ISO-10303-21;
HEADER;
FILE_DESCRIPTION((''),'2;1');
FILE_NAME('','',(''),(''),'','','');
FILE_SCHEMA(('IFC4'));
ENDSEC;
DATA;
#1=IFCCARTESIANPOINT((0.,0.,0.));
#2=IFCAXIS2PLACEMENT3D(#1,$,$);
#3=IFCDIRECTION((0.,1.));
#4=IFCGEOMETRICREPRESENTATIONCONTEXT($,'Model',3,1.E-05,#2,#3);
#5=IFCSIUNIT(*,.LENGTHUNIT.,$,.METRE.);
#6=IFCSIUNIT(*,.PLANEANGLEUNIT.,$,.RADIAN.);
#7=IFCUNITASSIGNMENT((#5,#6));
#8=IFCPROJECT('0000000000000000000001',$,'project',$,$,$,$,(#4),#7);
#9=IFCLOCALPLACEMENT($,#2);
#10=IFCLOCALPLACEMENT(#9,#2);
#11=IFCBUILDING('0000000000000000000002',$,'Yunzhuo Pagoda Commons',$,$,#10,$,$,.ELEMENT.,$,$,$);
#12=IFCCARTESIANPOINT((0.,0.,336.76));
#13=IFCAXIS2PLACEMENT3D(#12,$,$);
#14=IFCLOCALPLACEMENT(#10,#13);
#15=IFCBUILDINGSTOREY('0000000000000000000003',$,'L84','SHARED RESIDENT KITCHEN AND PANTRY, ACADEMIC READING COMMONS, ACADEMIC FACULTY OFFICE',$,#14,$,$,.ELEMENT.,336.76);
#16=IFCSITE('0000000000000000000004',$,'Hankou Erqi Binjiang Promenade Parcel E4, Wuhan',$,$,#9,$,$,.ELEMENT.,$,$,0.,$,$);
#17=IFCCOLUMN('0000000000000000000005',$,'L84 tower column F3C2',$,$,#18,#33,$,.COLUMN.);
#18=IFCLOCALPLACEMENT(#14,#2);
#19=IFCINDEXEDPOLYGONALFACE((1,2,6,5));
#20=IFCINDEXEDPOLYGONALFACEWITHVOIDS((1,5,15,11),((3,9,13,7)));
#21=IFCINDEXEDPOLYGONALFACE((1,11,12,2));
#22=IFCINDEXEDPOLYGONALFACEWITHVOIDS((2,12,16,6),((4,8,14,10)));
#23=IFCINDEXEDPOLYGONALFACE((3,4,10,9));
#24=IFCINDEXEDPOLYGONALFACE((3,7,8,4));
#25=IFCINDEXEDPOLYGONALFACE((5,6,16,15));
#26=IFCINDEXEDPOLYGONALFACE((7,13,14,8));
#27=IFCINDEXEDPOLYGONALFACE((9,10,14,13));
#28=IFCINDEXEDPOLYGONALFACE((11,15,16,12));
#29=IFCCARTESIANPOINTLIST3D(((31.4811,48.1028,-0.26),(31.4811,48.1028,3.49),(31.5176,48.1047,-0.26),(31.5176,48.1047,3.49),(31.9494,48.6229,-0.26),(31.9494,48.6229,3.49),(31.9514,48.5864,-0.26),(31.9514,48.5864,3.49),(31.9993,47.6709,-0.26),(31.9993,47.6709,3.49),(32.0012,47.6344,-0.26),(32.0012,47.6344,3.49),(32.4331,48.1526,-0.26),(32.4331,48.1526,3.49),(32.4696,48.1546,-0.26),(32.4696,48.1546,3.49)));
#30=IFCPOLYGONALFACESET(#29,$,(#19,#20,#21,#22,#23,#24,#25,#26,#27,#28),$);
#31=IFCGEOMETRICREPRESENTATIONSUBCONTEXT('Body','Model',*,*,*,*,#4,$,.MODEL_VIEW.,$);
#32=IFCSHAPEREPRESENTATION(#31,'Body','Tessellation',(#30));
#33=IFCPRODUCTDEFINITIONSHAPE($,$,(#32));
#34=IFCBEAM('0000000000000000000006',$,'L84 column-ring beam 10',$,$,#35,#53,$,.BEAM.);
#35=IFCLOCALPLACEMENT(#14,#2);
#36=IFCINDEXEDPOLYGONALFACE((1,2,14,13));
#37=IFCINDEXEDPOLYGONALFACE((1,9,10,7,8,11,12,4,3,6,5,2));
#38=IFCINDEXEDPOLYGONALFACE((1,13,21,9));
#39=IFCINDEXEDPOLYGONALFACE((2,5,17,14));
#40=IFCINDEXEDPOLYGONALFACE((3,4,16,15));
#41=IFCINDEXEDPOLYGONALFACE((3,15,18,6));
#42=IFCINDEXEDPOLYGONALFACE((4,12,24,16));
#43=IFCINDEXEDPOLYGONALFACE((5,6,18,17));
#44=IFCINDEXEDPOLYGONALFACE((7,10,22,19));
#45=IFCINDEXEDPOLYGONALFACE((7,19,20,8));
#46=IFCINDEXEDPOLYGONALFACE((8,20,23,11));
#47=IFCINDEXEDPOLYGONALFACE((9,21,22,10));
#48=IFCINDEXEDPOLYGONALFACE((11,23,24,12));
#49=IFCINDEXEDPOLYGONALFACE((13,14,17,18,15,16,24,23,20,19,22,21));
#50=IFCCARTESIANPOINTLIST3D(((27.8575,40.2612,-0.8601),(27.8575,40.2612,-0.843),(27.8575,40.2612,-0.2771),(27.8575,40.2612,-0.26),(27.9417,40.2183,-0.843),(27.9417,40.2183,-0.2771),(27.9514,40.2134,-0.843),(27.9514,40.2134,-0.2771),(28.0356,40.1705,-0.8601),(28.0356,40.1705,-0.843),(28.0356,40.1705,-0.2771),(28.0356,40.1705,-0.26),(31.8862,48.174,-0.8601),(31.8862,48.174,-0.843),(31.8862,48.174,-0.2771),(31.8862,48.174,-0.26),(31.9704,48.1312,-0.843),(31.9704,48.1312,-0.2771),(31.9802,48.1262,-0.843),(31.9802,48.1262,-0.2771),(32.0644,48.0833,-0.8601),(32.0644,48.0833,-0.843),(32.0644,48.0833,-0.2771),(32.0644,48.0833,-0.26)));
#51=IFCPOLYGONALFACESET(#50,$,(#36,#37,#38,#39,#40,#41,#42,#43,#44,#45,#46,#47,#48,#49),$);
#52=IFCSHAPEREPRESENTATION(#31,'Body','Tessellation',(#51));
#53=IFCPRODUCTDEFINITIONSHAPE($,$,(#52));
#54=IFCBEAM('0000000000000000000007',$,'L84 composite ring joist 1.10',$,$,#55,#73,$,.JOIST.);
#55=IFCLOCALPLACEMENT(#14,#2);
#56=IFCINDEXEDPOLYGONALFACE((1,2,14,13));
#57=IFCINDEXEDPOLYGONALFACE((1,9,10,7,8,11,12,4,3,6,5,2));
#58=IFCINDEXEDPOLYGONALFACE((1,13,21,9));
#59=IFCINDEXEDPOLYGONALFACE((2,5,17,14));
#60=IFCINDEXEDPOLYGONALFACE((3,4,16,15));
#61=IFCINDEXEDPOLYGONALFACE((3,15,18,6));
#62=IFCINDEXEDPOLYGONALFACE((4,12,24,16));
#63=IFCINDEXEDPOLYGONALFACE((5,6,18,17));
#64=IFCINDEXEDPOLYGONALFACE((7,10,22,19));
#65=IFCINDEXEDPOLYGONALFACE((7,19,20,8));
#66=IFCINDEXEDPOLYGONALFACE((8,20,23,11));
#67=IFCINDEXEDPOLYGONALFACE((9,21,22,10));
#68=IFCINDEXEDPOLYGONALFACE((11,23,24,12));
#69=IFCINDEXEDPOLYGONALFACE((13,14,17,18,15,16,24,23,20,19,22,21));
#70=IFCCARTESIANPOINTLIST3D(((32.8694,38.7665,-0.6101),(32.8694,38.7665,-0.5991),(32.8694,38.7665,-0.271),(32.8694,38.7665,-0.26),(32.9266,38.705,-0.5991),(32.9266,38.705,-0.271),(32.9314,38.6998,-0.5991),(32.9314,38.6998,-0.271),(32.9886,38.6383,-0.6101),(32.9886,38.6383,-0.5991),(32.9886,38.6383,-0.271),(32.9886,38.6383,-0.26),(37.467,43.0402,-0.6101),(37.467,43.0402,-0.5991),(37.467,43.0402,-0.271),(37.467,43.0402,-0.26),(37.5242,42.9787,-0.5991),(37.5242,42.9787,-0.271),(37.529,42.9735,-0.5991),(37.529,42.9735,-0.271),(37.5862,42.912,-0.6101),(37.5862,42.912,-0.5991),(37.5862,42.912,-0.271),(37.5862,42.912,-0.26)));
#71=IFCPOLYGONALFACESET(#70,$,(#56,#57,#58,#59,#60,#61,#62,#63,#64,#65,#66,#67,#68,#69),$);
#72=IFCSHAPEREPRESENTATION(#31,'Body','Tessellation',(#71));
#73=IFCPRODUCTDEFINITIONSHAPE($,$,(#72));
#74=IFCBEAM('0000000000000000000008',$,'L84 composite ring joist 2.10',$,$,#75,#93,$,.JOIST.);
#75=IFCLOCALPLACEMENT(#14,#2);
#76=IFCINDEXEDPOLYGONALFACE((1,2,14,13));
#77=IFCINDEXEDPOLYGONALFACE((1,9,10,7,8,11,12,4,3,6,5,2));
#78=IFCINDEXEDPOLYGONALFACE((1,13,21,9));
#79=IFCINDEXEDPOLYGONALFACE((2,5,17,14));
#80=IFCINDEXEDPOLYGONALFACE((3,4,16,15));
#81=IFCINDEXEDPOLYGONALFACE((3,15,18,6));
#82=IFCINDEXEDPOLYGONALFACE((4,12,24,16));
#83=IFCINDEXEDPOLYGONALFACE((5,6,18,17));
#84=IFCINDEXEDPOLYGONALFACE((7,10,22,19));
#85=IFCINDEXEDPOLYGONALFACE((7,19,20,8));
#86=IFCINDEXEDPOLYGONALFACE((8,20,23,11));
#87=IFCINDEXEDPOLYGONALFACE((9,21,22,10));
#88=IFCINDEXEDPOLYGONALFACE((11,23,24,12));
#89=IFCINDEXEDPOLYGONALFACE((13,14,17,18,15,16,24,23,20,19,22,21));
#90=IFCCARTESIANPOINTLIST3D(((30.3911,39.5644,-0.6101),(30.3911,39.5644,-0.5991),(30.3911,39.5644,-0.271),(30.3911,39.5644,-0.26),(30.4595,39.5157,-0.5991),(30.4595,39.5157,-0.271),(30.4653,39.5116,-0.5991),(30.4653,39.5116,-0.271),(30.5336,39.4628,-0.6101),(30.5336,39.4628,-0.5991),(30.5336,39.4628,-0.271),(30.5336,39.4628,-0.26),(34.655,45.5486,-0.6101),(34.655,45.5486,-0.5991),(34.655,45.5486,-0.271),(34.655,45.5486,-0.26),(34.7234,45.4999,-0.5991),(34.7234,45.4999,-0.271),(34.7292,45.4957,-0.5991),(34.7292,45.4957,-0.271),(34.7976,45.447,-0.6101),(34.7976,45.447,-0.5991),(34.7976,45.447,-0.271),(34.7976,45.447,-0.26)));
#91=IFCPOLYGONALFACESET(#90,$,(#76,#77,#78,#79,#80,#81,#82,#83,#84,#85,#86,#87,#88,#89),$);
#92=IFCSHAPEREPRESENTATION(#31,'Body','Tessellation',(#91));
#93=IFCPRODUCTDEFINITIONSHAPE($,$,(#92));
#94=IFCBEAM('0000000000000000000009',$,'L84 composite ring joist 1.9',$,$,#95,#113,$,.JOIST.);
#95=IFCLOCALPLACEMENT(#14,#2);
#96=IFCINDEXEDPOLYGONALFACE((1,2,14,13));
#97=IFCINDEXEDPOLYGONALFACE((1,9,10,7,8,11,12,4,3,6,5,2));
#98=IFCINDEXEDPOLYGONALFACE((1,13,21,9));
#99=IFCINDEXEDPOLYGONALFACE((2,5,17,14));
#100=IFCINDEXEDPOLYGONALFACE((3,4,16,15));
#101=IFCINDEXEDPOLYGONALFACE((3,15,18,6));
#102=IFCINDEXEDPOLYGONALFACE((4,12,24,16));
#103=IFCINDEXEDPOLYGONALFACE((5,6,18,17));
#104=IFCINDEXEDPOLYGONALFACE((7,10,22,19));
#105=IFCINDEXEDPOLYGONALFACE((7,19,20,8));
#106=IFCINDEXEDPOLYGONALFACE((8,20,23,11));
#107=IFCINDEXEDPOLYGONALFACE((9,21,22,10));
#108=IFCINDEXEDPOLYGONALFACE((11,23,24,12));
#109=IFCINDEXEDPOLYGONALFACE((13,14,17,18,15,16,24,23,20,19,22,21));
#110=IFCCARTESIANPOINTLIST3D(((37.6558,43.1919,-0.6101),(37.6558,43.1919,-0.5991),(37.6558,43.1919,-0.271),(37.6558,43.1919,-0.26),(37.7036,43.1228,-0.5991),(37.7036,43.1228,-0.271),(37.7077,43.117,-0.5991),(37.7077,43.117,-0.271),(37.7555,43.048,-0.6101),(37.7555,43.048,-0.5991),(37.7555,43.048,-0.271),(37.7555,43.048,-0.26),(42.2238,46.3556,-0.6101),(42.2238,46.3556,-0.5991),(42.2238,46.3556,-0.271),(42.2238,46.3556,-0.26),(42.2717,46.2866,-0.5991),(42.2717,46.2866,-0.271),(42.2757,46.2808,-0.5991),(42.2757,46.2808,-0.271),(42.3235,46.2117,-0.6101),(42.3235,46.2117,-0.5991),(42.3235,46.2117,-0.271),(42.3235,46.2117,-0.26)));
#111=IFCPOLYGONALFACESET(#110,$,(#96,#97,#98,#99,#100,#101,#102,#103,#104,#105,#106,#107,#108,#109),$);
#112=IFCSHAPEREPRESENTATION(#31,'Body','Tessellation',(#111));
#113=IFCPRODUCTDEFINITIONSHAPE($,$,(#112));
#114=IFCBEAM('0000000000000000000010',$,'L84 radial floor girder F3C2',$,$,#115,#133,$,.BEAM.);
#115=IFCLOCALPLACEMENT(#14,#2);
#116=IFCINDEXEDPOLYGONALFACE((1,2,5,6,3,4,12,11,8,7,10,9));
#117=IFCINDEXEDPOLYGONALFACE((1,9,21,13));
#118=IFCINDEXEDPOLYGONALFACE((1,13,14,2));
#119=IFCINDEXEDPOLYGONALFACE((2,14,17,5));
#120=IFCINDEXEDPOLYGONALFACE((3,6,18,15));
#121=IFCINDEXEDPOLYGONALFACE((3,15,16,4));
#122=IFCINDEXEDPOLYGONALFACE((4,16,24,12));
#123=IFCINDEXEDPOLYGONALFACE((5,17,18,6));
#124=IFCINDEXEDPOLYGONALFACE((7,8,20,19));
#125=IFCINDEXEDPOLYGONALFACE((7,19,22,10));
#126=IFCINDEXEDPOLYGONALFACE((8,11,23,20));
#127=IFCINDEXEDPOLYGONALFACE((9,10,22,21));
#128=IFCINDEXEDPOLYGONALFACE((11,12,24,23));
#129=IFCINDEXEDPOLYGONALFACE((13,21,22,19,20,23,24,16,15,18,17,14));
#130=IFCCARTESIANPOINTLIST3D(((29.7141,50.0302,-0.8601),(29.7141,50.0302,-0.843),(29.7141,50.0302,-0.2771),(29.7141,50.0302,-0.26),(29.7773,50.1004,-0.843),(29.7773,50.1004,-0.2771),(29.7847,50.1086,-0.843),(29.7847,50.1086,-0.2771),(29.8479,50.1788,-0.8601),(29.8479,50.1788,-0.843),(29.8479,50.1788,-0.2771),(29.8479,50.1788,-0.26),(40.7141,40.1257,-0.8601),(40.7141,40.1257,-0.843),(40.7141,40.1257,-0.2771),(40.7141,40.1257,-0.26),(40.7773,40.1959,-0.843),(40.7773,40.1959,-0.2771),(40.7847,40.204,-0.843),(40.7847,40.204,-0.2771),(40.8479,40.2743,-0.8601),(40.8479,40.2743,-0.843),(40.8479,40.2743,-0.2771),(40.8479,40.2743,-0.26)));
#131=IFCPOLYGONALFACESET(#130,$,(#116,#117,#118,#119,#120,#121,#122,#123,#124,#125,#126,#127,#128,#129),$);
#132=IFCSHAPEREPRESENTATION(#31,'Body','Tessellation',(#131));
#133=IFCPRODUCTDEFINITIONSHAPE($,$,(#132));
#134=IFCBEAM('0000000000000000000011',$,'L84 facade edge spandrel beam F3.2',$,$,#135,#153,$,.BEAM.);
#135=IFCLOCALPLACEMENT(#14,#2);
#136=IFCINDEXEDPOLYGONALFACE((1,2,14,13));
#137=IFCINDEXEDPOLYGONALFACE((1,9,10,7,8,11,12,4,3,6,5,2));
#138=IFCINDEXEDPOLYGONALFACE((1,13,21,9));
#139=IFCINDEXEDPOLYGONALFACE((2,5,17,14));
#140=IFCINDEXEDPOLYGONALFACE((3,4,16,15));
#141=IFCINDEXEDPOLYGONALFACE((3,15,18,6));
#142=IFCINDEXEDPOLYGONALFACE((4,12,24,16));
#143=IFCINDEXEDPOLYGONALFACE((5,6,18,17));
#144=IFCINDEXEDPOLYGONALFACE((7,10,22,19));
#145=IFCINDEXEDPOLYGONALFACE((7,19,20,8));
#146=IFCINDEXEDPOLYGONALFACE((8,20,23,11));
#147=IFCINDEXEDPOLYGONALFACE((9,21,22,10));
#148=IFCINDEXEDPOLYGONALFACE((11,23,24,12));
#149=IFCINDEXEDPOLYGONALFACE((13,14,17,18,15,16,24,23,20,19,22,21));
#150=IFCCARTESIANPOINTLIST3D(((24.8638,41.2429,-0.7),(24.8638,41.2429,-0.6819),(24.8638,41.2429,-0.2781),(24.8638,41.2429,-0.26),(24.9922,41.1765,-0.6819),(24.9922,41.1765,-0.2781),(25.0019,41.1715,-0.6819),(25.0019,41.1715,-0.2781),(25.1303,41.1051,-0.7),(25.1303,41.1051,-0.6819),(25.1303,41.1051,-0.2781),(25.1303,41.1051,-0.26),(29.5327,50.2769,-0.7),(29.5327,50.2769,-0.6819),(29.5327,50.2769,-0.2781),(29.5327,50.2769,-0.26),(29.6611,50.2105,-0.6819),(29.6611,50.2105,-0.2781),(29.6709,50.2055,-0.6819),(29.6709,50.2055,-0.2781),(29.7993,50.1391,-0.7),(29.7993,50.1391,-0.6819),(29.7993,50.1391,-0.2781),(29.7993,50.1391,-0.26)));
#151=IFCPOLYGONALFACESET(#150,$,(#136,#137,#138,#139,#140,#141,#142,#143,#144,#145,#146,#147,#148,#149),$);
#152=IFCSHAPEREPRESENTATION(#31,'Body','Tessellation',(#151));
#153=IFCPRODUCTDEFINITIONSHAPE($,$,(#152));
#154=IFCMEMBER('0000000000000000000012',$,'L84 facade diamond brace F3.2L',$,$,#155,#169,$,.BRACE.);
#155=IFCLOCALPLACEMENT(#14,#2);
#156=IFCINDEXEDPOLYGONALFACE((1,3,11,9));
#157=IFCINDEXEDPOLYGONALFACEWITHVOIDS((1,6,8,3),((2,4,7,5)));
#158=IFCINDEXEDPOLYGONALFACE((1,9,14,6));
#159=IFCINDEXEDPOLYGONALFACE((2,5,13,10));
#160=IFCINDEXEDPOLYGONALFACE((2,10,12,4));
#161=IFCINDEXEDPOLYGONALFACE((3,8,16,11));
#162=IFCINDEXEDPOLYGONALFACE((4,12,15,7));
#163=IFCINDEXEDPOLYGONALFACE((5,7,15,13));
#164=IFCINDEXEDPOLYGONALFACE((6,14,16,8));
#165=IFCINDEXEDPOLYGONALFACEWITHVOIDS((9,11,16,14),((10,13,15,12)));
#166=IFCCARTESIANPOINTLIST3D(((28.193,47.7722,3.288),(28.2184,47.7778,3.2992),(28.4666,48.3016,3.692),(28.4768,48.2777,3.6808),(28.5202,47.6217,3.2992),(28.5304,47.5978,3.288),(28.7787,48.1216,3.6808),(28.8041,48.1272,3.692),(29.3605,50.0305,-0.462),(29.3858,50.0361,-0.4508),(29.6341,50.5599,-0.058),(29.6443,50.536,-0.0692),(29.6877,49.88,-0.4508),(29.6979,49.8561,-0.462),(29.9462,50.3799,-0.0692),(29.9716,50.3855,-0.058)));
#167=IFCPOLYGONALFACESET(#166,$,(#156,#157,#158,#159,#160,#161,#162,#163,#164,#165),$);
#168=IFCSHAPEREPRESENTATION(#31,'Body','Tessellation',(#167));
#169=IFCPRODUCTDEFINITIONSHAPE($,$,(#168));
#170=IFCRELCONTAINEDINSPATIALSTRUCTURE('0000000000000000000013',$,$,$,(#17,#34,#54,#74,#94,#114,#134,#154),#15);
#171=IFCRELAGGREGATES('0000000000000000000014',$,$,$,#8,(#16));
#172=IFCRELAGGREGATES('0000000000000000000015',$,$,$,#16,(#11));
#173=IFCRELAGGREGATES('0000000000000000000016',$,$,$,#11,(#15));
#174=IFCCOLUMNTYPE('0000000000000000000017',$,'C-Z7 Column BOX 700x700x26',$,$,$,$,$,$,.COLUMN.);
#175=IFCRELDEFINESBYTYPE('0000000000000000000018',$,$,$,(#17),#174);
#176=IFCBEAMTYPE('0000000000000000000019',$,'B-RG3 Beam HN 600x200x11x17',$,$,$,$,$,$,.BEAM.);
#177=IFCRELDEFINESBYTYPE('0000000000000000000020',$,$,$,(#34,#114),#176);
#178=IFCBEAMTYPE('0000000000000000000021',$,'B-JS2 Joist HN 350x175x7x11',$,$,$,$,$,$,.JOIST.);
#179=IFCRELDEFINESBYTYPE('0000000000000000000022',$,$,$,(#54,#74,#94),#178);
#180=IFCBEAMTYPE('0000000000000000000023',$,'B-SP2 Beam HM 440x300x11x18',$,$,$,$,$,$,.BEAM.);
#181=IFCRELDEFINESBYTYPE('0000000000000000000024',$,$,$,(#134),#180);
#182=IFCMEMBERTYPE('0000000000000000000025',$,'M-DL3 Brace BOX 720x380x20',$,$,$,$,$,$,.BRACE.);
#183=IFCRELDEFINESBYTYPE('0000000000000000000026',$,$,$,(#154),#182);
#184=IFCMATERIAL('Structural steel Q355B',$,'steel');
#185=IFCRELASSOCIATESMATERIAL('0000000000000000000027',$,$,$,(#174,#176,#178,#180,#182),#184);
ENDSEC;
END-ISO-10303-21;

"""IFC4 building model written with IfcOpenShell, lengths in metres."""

from ifc_helpers import new_model, si_unit, direction, frame, origin, origin_2d, place, context, subcontext, project, spatial, hollow_rectangle, i_section, extrude, source, transform, mapped, material, material_profile, profile_set, type_object, element, save


model = new_model("IFC4")

# Units and contexts
model_context = context("Model", 3, precision=1e-05, world=origin(), true_north=direction((0.0, 1.0)))
body_context = subcontext(model_context, "Body", "Model", "MODEL_VIEW")
ifc_project = project(units=[si_unit("LENGTHUNIT", "METRE"), si_unit("PLANEANGLEUNIT", "RADIAN")], contexts=[model_context])

# Site, building, storey
site_placement = place(None, origin())
site = spatial("IfcSite", under=ifc_project, at=site_placement, Name="Hankou Erqi Binjiang Promenade Parcel E4, Wuhan", CompositionType="ELEMENT", RefElevation=0.0)
building_placement = place(site_placement, origin())
building = spatial("IfcBuilding", under=site, at=building_placement, Name="Yunzhuo Pagoda Commons", CompositionType="ELEMENT")
storey_placement = place(building_placement, frame((0.0, 0.0, 336.76)))
storey = spatial("IfcBuildingStorey", under=building, at=storey_placement, Name="L84", Description="SHARED RESIDENT KITCHEN AND PANTRY, ACADEMIC READING COMMONS, ACADEMIC FACULTY OFFICE", CompositionType="ELEMENT", Elevation=336.76)

# Column
ifc_material_1 = material(Name="Structural steel Q355B", Category="steel")
ifc_material_profile_1 = material_profile(ifc_material_1, hollow_rectangle(XDim=0.7, YDim=0.7, WallThickness=0.0259, at=origin_2d()), Name="Structural steel Q355B")
ifc_profile_set_1 = profile_set([ifc_material_profile_1], Name="Structural steel Q355B")
column_type = type_object("IfcColumnType", Name="C-Z7 Column BOX 700x700x26", PredefinedType="COLUMN", material=ifc_profile_set_1)
shared_shape_1 = source(origin(), body_context, "Body", "SweptSolid", [
    extrude(hollow_rectangle(XDim=0.7, YDim=0.7, WallThickness=0.0259, at=origin_2d()), origin(), (0.0, 0.0, 1.0), 3.75),
])
column_placement = place(storey_placement, frame((31.9753, 48.1287, -0.26), z_axis=(0.0, 0.0, 1.0), x_axis=(-0.669131, -0.743145, 0.0)))
element("IfcColumn", 1, at=column_placement, inside=storey, type_object=column_type, Name="L84 tower column F3C2", PredefinedType="COLUMN", context=body_context, shape_type="MappedRepresentation", body=[
    mapped(shared_shape_1, transform((0.0, 0.0, 0.0), scale=1.0)),
])

# Beams
ifc_material_profile_2 = material_profile(ifc_material_1, i_section(OverallWidth=0.2, OverallDepth=0.6001, WebThickness=0.011, FlangeThickness=0.0171, at=origin_2d()), Name="Structural steel Q355B")
ifc_profile_set_2 = profile_set([ifc_material_profile_2], Name="Structural steel Q355B")
beam_type_1 = type_object("IfcBeamType", Name="B-RG3 Beam HN 600x200x11x17", PredefinedType="BEAM", material=ifc_profile_set_2)
shared_shape_2 = source(origin(), body_context, "Body", "SweptSolid", [
    extrude(i_section(OverallWidth=0.2, OverallDepth=0.6001, WebThickness=0.011, FlangeThickness=0.0171, at=origin_2d()), origin(), (0.0, 0.0, 1.0), 8.8794),
])
beam_1_placement = place(storey_placement, frame((31.9753, 48.1287, -0.5601), z_axis=(-0.453724, -0.891142, 0.0), x_axis=(0.891142, -0.453724, 0.0)))
element("IfcBeam", 2, at=beam_1_placement, inside=storey, type_object=beam_type_1, Name="L84 column-ring beam 10", PredefinedType="BEAM", context=body_context, shape_type="MappedRepresentation", body=[
    mapped(shared_shape_2, transform((0.0, 0.0, 0.0), scale=1.0)),
])
ifc_material_profile_3 = material_profile(ifc_material_1, i_section(OverallWidth=0.175, OverallDepth=0.3501, WebThickness=0.0071, FlangeThickness=0.011, at=origin_2d()), Name="Structural steel Q355B")
ifc_profile_set_3 = profile_set([ifc_material_profile_3], Name="Structural steel Q355B")
beam_type_2 = type_object("IfcBeamType", Name="B-JS2 Joist HN 350x175x7x11", PredefinedType="JOIST", material=ifc_profile_set_3)
shared_shape_3 = source(origin(), body_context, "Body", "SweptSolid", [
    extrude(i_section(OverallWidth=0.175, OverallDepth=0.3501, WebThickness=0.0071, FlangeThickness=0.011, at=origin_2d()), origin(), (0.0, 0.0, 1.0), 6.2771),
])
beam_2_placement = place(storey_placement, frame((37.5266, 42.9761, -0.4351), z_axis=(-0.732442, -0.68083, 0.0), x_axis=(0.68083, -0.732442, 0.0)))
element("IfcBeam", 3, at=beam_2_placement, inside=storey, type_object=beam_type_2, Name="L84 composite ring joist 1.10", PredefinedType="JOIST", context=body_context, shape_type="MappedRepresentation", body=[
    mapped(shared_shape_3, transform((0.0, 0.0, 0.0), scale=1.0)),
])
shared_shape_4 = source(origin(), body_context, "Body", "SweptSolid", [
    extrude(i_section(OverallWidth=0.175, OverallDepth=0.3501, WebThickness=0.0071, FlangeThickness=0.011, at=origin_2d()), origin(), (0.0, 0.0, 1.0), 7.3479),
])
beam_3_placement = place(storey_placement, frame((34.7263, 45.4978, -0.4351), z_axis=(-0.580295, -0.814406, 0.0), x_axis=(0.814406, -0.580295, 0.0)))
element("IfcBeam", 4, at=beam_3_placement, inside=storey, type_object=beam_type_2, Name="L84 composite ring joist 2.10", PredefinedType="JOIST", context=body_context, shape_type="MappedRepresentation", body=[
    mapped(shared_shape_4, transform((0.0, 0.0, 0.0), scale=1.0)),
])
shared_shape_5 = source(origin(), body_context, "Body", "SweptSolid", [
    extrude(i_section(OverallWidth=0.175, OverallDepth=0.3501, WebThickness=0.0071, FlangeThickness=0.011, at=origin_2d()), origin(), (0.0, 0.0, 1.0), 5.5566),
])
beam_4_placement = place(storey_placement, frame((42.2737, 46.2837, -0.4351), z_axis=(-0.822085, -0.569365, 0.0), x_axis=(0.569365, -0.822085, 0.0)))
element("IfcBeam", 5, at=beam_4_placement, inside=storey, type_object=beam_type_2, Name="L84 composite ring joist 1.9", PredefinedType="JOIST", context=body_context, shape_type="MappedRepresentation", body=[
    mapped(shared_shape_5, transform((0.0, 0.0, 0.0), scale=1.0)),
])
shared_shape_6 = source(origin(), body_context, "Body", "SweptSolid", [
    extrude(i_section(OverallWidth=0.2, OverallDepth=0.6001, WebThickness=0.011, FlangeThickness=0.0171, at=origin_2d()), origin(), (0.0, 0.0, 1.0), 14.802),
])
beam_5_placement = place(storey_placement, frame((29.781, 50.1045, -0.5601), z_axis=(0.743142, -0.669134, 0.0), x_axis=(0.669134, 0.743142, 0.0)))
element("IfcBeam", 6, at=beam_5_placement, inside=storey, type_object=beam_type_1, Name="L84 radial floor girder F3C2", PredefinedType="BEAM", context=body_context, shape_type="MappedRepresentation", body=[
    mapped(shared_shape_6, transform((0.0, 0.0, 0.0), scale=1.0)),
])
ifc_material_profile_4 = material_profile(ifc_material_1, i_section(OverallWidth=0.3, OverallDepth=0.4399, WebThickness=0.011, FlangeThickness=0.0181, at=origin_2d()), Name="Structural steel Q355B")
ifc_profile_set_4 = profile_set([ifc_material_profile_4], Name="Structural steel Q355B")
beam_type_3 = type_object("IfcBeamType", Name="B-SP2 Beam HM 440x300x11x18", PredefinedType="BEAM", material=ifc_profile_set_4)
shared_shape_7 = source(origin(), body_context, "Body", "SweptSolid", [
    extrude(i_section(OverallWidth=0.3, OverallDepth=0.4399, WebThickness=0.011, FlangeThickness=0.0181, at=origin_2d()), origin(), (0.0, 0.0, 1.0), 10.1692),
])
beam_6_placement = place(storey_placement, frame((29.666, 50.208, -0.48), z_axis=(-0.45913, -0.888369, 0.0), x_axis=(0.888369, -0.45913, 0.0)))
element("IfcBeam", 7, at=beam_6_placement, inside=storey, type_object=beam_type_3, Name="L84 facade edge spandrel beam F3.2", PredefinedType="BEAM", context=body_context, shape_type="MappedRepresentation", body=[
    mapped(shared_shape_7, transform((0.0, 0.0, 0.0), scale=1.0)),
])

# Member
ifc_material_profile_5 = material_profile(ifc_material_1, hollow_rectangle(XDim=0.3799, YDim=0.72, WallThickness=0.02, at=origin_2d()), Name="Structural steel Q355B")
ifc_profile_set_5 = profile_set([ifc_material_profile_5], Name="Structural steel Q355B")
member_type_1 = type_object("IfcMemberType", Name="M-DL3 Brace BOX 720x380x20", PredefinedType="BRACE", material=ifc_profile_set_5)
shared_shape_8 = source(origin(), body_context, "Body", "SweptSolid", [
    extrude(hollow_rectangle(XDim=0.3799, YDim=0.72, WallThickness=0.02, at=origin_2d()), origin(), (0.0, 0.0, 1.0), 4.5305),
])
member_1_placement = place(storey_placement, frame((29.666, 50.208, -0.26), z_axis=(-0.257693, -0.498466, 0.827723), x_axis=(0.888315, -0.459235, 0.0)))
element("IfcMember", 8, at=member_1_placement, inside=storey, type_object=member_type_1, Name="L84 facade diamond brace F3.2L", PredefinedType="BRACE", context=body_context, shape_type="MappedRepresentation", body=[
    mapped(shared_shape_8, transform((0.0, 0.0, 0.0), scale=1.0)),
])

save(model, "model.ifc")
